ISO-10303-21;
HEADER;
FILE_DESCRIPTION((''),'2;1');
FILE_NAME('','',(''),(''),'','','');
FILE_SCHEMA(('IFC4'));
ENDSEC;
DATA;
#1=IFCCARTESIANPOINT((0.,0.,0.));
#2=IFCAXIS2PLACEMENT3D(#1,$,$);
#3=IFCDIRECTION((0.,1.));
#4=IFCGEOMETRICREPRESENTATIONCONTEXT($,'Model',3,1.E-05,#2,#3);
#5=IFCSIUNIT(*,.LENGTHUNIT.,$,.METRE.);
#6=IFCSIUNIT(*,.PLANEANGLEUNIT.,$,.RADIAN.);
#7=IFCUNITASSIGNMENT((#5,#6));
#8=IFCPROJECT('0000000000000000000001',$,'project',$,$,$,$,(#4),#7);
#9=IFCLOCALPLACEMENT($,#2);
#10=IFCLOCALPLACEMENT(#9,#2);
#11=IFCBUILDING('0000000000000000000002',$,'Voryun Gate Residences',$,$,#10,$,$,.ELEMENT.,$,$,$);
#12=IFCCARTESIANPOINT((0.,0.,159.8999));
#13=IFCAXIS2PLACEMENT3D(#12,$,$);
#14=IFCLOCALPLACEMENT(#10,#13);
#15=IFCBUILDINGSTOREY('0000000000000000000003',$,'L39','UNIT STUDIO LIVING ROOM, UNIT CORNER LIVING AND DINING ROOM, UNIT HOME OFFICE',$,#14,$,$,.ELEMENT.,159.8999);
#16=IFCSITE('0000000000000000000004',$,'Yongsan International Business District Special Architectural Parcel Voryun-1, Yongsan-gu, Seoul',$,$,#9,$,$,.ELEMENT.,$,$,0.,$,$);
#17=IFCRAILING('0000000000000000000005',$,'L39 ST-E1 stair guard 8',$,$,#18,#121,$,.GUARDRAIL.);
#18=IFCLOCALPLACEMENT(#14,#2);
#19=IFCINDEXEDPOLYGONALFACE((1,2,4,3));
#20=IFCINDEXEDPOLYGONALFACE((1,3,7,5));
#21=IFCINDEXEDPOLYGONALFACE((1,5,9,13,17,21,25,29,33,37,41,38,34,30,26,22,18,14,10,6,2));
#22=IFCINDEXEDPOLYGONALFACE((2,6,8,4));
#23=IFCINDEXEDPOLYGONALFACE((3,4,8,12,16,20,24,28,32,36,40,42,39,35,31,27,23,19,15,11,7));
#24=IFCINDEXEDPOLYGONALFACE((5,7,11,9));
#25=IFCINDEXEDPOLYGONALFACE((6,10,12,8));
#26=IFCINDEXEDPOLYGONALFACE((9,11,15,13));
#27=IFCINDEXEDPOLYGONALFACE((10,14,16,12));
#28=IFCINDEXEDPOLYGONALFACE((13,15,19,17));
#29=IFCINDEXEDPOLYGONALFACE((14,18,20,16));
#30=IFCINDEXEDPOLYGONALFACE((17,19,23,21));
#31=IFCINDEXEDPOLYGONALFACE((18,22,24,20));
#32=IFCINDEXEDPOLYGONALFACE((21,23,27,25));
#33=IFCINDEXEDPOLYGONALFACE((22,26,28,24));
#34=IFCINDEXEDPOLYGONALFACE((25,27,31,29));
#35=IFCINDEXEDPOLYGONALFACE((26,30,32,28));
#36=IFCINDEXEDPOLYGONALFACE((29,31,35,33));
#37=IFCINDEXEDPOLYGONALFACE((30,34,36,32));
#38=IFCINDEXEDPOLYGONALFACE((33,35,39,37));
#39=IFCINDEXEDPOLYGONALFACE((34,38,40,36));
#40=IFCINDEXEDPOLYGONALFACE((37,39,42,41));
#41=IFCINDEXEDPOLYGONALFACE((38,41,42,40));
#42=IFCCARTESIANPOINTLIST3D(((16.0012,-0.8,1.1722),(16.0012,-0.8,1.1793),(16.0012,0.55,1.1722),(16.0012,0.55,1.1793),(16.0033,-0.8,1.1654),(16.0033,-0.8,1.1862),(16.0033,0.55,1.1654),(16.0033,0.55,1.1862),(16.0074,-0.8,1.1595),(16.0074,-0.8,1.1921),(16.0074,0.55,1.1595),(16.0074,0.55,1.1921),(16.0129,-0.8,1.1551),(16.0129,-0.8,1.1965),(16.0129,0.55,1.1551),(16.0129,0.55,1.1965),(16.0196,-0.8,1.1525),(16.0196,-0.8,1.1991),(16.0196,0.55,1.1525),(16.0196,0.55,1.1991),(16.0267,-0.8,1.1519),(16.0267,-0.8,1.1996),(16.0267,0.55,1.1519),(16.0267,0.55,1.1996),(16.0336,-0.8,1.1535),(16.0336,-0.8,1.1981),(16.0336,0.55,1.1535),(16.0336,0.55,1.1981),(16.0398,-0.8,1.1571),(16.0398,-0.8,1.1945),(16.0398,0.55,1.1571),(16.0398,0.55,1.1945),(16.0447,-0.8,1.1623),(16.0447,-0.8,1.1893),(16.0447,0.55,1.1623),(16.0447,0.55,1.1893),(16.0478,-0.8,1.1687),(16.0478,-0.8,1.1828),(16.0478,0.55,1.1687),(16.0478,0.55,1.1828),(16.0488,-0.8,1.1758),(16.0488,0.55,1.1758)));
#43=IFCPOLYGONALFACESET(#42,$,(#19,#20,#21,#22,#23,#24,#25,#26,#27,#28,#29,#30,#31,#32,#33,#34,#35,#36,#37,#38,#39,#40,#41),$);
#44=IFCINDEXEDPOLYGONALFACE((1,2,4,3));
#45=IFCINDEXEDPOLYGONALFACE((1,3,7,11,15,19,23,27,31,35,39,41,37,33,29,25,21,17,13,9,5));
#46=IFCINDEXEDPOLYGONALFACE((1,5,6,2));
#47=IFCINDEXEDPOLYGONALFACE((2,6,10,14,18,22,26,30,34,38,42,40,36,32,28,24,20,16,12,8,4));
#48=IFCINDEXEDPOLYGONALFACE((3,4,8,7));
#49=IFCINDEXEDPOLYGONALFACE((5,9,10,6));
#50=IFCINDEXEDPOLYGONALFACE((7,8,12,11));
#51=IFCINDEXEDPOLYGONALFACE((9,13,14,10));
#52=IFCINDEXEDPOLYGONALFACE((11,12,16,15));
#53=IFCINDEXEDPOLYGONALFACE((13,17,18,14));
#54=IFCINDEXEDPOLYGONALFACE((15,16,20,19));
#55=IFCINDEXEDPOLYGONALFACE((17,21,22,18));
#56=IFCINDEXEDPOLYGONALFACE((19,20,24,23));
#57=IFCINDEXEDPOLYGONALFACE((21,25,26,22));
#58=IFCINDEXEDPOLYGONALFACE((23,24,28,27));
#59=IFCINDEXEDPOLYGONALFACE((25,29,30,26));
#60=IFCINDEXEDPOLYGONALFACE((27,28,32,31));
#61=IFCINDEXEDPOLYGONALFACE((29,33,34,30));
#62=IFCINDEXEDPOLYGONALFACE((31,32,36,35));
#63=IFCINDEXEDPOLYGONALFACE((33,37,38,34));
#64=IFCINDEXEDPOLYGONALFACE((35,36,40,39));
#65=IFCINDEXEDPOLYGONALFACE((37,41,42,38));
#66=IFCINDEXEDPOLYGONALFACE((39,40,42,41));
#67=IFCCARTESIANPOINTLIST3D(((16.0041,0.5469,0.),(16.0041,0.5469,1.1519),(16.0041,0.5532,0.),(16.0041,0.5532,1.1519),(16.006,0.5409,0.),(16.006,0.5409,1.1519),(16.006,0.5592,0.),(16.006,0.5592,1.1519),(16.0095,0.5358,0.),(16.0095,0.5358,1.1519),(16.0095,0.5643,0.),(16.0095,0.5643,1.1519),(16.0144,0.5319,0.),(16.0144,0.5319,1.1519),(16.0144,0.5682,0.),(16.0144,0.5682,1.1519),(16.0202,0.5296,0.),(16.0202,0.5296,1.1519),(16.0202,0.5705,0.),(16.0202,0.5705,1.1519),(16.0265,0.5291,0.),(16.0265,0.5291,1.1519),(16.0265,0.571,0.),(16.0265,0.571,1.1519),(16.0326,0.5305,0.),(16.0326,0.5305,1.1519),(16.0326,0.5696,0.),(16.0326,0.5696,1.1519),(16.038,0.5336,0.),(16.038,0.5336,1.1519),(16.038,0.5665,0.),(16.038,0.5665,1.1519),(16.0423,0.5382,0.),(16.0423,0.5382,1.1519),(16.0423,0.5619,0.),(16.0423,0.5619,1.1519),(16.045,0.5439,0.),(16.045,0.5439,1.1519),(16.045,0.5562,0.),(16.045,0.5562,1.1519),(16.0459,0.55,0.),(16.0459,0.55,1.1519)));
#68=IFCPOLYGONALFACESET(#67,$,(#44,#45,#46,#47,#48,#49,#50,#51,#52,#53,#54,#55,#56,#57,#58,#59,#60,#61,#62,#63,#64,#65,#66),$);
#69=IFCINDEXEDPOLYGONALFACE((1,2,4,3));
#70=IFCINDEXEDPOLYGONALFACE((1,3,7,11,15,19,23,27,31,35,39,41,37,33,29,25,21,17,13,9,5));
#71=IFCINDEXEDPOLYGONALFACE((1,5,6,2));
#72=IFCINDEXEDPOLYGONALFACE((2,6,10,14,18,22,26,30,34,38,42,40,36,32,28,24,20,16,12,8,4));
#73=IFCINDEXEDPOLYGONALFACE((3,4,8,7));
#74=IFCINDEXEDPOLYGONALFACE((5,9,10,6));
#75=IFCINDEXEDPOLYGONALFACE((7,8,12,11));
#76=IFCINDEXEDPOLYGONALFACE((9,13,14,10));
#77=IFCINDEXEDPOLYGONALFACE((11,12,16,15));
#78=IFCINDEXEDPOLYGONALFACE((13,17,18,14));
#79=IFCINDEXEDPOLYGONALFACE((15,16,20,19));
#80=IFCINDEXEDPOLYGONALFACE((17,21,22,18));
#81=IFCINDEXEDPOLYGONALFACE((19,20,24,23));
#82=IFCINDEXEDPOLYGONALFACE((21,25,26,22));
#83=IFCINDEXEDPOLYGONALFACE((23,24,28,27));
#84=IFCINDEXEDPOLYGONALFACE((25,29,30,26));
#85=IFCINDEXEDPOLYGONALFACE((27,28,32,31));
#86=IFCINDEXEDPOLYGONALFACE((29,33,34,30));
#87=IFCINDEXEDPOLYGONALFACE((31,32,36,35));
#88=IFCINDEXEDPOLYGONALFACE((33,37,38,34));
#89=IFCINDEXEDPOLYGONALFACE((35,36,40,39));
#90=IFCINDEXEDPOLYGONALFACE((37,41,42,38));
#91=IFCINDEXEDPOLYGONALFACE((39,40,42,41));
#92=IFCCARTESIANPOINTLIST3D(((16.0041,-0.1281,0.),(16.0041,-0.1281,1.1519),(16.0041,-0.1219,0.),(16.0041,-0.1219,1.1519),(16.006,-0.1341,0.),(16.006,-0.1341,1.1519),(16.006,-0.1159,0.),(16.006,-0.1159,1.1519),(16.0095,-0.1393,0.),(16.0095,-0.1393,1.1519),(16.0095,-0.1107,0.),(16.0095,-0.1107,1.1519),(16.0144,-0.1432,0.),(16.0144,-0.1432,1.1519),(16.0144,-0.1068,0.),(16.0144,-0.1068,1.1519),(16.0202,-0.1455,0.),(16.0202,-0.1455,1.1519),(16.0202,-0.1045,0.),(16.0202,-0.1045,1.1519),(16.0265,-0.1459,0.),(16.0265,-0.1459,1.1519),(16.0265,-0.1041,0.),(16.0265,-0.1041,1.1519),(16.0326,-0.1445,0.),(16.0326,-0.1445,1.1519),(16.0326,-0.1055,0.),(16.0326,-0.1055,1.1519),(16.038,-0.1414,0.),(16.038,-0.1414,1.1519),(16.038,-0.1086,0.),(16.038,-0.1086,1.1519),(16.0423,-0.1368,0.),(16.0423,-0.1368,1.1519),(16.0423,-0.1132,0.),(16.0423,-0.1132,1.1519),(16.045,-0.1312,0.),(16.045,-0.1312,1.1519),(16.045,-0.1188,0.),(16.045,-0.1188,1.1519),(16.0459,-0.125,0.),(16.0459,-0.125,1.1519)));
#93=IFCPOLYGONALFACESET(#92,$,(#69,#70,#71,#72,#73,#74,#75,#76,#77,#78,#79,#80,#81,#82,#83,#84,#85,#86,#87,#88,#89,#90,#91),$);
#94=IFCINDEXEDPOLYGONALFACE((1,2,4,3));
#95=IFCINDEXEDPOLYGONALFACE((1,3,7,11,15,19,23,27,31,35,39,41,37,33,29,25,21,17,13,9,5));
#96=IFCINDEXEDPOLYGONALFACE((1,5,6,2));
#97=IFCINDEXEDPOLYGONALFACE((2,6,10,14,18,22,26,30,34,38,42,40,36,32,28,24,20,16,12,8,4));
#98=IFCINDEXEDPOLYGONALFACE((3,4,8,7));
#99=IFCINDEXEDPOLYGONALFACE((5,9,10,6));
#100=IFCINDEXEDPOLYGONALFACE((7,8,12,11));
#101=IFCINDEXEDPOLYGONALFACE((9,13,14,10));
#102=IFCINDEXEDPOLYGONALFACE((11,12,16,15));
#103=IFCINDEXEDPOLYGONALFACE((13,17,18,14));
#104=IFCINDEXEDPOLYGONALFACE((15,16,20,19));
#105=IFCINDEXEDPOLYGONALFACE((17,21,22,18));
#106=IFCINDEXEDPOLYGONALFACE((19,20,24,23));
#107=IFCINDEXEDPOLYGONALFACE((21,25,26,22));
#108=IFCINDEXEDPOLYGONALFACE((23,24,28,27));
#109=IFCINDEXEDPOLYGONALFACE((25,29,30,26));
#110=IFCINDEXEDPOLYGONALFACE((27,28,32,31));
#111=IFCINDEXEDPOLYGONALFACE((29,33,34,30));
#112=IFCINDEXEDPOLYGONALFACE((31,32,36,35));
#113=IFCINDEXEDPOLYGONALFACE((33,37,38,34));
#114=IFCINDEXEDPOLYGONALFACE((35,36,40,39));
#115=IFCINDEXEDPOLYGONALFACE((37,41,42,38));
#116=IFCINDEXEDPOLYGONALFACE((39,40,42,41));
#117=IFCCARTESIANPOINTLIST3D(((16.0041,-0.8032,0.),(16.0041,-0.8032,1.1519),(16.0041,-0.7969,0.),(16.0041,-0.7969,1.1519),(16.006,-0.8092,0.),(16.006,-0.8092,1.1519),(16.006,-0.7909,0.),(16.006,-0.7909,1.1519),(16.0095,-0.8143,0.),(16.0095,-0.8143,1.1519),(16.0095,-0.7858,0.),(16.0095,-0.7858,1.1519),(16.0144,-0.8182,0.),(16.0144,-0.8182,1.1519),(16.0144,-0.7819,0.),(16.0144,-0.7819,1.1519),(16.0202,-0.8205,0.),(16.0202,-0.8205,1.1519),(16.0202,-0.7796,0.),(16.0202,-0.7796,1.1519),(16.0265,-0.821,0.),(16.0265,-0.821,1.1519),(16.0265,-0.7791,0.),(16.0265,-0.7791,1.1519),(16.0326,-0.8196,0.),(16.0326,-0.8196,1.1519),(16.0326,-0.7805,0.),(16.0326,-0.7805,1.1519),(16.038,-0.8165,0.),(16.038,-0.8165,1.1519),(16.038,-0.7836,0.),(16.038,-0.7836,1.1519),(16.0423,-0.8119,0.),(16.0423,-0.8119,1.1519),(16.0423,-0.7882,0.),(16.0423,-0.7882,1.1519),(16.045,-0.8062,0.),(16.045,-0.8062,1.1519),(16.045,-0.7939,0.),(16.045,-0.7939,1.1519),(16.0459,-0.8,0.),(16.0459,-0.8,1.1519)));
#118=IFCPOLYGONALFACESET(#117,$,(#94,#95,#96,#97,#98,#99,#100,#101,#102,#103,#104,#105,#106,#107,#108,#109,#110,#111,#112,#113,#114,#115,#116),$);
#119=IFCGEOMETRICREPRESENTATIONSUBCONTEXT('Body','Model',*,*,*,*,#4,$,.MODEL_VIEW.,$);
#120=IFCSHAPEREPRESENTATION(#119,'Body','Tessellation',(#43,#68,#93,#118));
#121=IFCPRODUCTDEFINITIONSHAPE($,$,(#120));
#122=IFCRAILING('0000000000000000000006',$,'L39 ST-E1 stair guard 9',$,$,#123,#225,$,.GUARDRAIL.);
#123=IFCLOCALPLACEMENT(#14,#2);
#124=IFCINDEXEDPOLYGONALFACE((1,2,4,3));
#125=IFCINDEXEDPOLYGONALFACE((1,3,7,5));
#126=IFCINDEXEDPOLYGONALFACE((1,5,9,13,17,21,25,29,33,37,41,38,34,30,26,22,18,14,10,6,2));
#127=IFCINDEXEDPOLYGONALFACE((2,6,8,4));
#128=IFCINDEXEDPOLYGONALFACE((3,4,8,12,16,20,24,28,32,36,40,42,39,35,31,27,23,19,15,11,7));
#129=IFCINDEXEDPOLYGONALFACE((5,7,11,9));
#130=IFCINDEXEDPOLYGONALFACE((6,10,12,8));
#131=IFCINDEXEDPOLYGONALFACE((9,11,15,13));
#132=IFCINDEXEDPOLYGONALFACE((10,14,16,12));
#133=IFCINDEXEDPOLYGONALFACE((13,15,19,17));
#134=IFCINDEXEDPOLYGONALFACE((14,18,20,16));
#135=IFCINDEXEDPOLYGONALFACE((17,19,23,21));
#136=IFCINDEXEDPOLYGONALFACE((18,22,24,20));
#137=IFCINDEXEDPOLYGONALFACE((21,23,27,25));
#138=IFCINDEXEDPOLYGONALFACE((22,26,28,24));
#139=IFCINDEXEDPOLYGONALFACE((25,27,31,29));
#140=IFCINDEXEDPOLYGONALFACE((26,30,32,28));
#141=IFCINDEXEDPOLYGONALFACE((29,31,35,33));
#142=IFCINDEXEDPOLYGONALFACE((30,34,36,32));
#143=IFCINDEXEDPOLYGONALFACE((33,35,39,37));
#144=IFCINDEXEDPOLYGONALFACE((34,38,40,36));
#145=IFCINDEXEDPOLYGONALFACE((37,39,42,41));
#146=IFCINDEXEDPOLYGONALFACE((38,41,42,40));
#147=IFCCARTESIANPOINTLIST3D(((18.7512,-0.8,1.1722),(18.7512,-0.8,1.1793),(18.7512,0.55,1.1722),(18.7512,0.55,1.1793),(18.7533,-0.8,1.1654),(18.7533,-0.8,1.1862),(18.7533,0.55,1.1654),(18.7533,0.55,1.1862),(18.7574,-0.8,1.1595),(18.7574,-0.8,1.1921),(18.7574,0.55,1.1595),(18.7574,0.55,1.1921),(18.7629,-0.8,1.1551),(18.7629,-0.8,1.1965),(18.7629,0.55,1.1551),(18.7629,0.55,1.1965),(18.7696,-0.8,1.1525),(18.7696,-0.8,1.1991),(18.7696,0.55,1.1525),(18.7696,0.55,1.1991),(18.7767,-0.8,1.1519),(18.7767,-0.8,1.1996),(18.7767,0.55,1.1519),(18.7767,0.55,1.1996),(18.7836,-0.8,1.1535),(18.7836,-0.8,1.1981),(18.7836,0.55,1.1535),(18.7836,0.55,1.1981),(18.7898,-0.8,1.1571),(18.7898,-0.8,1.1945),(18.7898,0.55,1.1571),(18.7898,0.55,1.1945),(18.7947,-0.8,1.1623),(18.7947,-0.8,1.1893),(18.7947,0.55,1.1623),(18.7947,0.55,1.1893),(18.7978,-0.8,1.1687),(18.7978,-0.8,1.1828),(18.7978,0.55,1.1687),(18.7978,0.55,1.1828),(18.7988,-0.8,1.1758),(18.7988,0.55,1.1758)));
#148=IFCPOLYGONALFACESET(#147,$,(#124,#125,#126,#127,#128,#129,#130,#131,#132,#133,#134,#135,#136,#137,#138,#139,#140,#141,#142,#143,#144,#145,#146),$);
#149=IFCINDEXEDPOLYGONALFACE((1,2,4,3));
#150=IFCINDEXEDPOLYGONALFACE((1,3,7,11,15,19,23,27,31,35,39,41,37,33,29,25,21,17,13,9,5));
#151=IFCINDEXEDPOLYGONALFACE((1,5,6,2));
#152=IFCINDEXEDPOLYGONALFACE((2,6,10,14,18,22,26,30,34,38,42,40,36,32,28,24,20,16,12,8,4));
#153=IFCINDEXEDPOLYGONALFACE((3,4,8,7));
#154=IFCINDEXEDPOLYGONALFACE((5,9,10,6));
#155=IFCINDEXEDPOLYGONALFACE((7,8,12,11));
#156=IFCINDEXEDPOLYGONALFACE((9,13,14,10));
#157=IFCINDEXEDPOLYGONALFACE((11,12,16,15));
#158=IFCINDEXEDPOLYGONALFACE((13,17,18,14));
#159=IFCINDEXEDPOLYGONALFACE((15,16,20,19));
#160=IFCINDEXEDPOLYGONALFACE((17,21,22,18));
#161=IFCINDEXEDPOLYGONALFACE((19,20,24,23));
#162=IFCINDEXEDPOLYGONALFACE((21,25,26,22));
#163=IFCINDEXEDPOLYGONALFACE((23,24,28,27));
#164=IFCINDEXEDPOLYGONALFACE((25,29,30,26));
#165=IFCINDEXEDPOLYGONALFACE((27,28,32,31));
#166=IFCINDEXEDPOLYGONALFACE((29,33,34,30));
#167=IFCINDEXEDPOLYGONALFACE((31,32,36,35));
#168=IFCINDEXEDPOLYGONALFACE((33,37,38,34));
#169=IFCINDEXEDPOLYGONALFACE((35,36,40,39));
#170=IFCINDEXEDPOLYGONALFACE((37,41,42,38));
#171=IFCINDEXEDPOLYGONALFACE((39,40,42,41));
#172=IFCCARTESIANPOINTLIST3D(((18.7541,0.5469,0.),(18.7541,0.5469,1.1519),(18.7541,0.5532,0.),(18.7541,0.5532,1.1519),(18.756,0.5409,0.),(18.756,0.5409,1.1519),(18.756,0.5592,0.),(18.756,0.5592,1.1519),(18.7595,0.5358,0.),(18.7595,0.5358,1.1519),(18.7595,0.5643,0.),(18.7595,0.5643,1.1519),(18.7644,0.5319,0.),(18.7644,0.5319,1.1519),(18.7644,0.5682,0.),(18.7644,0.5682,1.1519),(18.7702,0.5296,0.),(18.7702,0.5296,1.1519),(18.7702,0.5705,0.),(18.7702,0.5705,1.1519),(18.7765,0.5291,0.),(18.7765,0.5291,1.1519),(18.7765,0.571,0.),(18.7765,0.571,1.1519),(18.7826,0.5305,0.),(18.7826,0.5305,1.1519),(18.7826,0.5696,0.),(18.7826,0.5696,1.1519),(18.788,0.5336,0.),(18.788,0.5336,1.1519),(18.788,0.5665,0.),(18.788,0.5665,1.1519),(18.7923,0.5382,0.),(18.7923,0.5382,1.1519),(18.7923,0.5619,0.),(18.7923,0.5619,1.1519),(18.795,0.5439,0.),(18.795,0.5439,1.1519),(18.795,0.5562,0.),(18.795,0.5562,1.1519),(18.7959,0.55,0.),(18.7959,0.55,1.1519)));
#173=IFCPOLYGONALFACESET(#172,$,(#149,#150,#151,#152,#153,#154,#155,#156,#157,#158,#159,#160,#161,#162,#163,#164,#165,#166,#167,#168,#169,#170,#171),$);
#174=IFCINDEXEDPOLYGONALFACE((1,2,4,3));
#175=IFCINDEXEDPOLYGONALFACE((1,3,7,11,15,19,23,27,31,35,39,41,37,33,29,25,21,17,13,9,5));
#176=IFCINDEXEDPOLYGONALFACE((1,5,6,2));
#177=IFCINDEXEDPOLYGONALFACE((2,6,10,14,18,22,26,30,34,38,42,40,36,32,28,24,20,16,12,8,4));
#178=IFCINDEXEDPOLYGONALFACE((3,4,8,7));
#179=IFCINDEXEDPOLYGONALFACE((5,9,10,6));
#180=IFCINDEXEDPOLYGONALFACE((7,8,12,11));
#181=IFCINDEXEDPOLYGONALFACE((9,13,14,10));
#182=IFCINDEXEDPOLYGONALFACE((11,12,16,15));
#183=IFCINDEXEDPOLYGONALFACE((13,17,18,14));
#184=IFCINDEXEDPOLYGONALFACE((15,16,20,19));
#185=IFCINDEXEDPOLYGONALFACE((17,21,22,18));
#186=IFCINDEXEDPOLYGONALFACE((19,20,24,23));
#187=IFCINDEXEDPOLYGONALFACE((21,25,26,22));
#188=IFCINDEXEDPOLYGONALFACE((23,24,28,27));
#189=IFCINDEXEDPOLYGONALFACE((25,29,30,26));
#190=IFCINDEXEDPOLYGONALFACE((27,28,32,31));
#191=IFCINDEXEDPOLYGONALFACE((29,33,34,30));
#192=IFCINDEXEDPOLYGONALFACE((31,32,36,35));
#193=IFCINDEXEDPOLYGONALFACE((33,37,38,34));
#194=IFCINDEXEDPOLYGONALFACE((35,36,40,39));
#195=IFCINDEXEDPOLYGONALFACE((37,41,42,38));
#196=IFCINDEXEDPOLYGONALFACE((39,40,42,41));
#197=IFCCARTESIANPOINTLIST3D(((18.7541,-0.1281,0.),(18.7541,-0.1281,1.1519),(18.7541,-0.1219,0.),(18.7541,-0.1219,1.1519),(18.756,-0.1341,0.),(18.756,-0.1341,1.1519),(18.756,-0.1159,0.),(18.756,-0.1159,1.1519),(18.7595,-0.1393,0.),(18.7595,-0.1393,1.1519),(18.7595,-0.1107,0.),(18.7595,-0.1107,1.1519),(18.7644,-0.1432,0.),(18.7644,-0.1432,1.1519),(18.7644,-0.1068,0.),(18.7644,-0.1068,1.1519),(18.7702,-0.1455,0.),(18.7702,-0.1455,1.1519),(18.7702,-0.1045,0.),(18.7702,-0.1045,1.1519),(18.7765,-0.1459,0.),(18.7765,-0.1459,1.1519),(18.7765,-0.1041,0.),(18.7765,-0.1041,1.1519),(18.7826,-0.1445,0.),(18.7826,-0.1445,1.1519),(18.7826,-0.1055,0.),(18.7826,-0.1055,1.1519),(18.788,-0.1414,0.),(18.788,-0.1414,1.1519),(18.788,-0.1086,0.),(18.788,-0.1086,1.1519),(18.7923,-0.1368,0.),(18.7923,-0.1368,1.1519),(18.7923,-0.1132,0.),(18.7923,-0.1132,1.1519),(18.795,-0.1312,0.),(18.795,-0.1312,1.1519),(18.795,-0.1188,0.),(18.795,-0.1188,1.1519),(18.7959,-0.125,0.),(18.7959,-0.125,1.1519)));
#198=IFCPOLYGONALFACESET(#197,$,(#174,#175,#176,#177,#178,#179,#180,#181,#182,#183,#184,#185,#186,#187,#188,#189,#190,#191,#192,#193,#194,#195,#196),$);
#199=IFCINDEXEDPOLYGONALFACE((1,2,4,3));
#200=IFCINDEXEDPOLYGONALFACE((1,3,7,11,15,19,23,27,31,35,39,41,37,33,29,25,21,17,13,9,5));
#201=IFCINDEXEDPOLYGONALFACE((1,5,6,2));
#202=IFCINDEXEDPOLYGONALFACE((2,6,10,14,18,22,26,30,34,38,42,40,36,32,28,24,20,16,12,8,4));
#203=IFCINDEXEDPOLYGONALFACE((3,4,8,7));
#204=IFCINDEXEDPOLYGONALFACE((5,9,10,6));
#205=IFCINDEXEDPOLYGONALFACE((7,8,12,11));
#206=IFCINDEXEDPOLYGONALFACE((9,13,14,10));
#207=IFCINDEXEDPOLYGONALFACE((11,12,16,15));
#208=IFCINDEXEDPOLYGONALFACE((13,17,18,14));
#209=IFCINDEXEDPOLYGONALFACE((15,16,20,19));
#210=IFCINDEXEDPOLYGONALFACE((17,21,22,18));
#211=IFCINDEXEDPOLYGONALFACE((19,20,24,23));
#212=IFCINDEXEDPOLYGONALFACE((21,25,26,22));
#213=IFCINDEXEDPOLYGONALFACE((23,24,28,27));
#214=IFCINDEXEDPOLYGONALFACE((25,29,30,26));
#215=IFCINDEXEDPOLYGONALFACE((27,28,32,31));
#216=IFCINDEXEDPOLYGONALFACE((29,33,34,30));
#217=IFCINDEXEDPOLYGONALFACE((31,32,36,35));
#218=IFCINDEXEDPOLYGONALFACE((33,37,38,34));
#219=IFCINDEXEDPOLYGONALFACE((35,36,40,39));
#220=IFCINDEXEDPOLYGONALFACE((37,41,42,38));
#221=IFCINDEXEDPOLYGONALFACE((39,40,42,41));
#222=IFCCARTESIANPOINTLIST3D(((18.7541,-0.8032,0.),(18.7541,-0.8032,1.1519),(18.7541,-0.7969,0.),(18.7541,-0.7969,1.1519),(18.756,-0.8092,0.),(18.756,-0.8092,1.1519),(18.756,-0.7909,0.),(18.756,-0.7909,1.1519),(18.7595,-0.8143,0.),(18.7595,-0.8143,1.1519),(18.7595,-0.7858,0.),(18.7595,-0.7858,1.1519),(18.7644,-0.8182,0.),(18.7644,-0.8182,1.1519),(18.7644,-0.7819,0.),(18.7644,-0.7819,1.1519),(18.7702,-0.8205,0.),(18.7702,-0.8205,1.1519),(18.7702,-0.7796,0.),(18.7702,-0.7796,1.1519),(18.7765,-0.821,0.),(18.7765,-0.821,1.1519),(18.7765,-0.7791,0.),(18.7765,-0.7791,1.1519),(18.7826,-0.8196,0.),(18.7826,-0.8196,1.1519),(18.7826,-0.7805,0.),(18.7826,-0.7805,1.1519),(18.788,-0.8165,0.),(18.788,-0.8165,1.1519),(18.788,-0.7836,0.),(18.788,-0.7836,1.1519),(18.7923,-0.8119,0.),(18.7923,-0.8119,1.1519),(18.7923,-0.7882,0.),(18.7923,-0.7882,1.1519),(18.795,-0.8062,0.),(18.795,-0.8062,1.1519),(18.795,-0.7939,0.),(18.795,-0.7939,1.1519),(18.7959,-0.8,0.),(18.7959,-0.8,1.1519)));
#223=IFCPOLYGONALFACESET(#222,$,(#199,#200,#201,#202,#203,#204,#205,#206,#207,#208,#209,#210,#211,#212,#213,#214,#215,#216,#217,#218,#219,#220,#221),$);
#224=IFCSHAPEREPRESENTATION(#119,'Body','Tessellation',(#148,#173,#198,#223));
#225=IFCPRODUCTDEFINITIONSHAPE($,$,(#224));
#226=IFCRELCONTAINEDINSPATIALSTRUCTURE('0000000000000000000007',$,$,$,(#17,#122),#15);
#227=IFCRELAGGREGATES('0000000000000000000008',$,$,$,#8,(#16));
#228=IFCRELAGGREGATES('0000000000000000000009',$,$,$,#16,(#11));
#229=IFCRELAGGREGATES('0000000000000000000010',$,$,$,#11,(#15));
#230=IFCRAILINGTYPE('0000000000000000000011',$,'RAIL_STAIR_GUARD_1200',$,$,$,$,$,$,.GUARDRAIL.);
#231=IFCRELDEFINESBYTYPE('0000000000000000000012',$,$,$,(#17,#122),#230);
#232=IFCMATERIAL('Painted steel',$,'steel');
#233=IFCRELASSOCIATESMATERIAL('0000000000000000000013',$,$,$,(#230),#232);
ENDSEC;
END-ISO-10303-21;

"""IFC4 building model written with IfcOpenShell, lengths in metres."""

from ifc_helpers import new_model, si_unit, direction, frame, origin, origin_2d, place, context, subcontext, project, spatial, circle, extrude, material, type_object, element, save


model = new_model("IFC4")

# Units and contexts
model_context = context("Model", 3, precision=1e-05, world=origin(), true_north=direction((0.0, 1.0)))
body_context = subcontext(model_context, "Body", "Model", "MODEL_VIEW")
ifc_project = project(units=[si_unit("LENGTHUNIT", "METRE"), si_unit("PLANEANGLEUNIT", "RADIAN")], contexts=[model_context])

# Site, building, storey
site_placement = place(None, origin())
site = spatial("IfcSite", under=ifc_project, at=site_placement, Name="Yongsan International Business District Special Architectural Parcel Voryun-1, Yongsan-gu, Seoul", CompositionType="ELEMENT", RefElevation=0.0)
building_placement = place(site_placement, origin())
building = spatial("IfcBuilding", under=site, at=building_placement, Name="Voryun Gate Residences", CompositionType="ELEMENT")
storey_placement = place(building_placement, frame((0.0, 0.0, 159.8999)))
storey = spatial("IfcBuildingStorey", under=building, at=storey_placement, Name="L39", Description="UNIT STUDIO LIVING ROOM, UNIT CORNER LIVING AND DINING ROOM, UNIT HOME OFFICE", CompositionType="ELEMENT", Elevation=159.8999)

# Railings
ifc_material_1 = material(Name="Painted steel", Category="steel")
railing_type = type_object("IfcRailingType", Name="RAIL_STAIR_GUARD_1200", PredefinedType="GUARDRAIL", material=ifc_material_1)
for number, where, name in (
    (1, (16.0249, 0.55, 0.0), "L39 ST-E1 stair guard 8"),
    (2, (18.7749, 0.55, 0.0), "L39 ST-E1 stair guard 9"),
):
    element("IfcRailing", number, at=place(storey_placement, frame(where)), inside=storey, type_object=railing_type, Name=name, PredefinedType="GUARDRAIL", context=body_context, shape_type="SweptSolid", body=[
        extrude(circle(Radius=0.0239, at=origin_2d()), frame((0.0, 0.0, 1.1758), z_axis=(0.0, -1.0, 0.0), x_axis=(1.0, 0.0, 0.0)), (0.0, 0.0, 1.0), 1.3501),
        extrude(circle(Radius=0.021, at=origin_2d()), origin(), (0.0, 0.0, 1.0), 1.1519),
        extrude(circle(Radius=0.021, at=origin_2d()), frame((0.0, -0.675, 0.0)), (0.0, 0.0, 1.0), 1.1519),
        extrude(circle(Radius=0.021, at=origin_2d()), frame((0.0, -1.3501, 0.0)), (0.0, 0.0, 1.0), 1.1519),
    ])

save(model, "model.ifc")
